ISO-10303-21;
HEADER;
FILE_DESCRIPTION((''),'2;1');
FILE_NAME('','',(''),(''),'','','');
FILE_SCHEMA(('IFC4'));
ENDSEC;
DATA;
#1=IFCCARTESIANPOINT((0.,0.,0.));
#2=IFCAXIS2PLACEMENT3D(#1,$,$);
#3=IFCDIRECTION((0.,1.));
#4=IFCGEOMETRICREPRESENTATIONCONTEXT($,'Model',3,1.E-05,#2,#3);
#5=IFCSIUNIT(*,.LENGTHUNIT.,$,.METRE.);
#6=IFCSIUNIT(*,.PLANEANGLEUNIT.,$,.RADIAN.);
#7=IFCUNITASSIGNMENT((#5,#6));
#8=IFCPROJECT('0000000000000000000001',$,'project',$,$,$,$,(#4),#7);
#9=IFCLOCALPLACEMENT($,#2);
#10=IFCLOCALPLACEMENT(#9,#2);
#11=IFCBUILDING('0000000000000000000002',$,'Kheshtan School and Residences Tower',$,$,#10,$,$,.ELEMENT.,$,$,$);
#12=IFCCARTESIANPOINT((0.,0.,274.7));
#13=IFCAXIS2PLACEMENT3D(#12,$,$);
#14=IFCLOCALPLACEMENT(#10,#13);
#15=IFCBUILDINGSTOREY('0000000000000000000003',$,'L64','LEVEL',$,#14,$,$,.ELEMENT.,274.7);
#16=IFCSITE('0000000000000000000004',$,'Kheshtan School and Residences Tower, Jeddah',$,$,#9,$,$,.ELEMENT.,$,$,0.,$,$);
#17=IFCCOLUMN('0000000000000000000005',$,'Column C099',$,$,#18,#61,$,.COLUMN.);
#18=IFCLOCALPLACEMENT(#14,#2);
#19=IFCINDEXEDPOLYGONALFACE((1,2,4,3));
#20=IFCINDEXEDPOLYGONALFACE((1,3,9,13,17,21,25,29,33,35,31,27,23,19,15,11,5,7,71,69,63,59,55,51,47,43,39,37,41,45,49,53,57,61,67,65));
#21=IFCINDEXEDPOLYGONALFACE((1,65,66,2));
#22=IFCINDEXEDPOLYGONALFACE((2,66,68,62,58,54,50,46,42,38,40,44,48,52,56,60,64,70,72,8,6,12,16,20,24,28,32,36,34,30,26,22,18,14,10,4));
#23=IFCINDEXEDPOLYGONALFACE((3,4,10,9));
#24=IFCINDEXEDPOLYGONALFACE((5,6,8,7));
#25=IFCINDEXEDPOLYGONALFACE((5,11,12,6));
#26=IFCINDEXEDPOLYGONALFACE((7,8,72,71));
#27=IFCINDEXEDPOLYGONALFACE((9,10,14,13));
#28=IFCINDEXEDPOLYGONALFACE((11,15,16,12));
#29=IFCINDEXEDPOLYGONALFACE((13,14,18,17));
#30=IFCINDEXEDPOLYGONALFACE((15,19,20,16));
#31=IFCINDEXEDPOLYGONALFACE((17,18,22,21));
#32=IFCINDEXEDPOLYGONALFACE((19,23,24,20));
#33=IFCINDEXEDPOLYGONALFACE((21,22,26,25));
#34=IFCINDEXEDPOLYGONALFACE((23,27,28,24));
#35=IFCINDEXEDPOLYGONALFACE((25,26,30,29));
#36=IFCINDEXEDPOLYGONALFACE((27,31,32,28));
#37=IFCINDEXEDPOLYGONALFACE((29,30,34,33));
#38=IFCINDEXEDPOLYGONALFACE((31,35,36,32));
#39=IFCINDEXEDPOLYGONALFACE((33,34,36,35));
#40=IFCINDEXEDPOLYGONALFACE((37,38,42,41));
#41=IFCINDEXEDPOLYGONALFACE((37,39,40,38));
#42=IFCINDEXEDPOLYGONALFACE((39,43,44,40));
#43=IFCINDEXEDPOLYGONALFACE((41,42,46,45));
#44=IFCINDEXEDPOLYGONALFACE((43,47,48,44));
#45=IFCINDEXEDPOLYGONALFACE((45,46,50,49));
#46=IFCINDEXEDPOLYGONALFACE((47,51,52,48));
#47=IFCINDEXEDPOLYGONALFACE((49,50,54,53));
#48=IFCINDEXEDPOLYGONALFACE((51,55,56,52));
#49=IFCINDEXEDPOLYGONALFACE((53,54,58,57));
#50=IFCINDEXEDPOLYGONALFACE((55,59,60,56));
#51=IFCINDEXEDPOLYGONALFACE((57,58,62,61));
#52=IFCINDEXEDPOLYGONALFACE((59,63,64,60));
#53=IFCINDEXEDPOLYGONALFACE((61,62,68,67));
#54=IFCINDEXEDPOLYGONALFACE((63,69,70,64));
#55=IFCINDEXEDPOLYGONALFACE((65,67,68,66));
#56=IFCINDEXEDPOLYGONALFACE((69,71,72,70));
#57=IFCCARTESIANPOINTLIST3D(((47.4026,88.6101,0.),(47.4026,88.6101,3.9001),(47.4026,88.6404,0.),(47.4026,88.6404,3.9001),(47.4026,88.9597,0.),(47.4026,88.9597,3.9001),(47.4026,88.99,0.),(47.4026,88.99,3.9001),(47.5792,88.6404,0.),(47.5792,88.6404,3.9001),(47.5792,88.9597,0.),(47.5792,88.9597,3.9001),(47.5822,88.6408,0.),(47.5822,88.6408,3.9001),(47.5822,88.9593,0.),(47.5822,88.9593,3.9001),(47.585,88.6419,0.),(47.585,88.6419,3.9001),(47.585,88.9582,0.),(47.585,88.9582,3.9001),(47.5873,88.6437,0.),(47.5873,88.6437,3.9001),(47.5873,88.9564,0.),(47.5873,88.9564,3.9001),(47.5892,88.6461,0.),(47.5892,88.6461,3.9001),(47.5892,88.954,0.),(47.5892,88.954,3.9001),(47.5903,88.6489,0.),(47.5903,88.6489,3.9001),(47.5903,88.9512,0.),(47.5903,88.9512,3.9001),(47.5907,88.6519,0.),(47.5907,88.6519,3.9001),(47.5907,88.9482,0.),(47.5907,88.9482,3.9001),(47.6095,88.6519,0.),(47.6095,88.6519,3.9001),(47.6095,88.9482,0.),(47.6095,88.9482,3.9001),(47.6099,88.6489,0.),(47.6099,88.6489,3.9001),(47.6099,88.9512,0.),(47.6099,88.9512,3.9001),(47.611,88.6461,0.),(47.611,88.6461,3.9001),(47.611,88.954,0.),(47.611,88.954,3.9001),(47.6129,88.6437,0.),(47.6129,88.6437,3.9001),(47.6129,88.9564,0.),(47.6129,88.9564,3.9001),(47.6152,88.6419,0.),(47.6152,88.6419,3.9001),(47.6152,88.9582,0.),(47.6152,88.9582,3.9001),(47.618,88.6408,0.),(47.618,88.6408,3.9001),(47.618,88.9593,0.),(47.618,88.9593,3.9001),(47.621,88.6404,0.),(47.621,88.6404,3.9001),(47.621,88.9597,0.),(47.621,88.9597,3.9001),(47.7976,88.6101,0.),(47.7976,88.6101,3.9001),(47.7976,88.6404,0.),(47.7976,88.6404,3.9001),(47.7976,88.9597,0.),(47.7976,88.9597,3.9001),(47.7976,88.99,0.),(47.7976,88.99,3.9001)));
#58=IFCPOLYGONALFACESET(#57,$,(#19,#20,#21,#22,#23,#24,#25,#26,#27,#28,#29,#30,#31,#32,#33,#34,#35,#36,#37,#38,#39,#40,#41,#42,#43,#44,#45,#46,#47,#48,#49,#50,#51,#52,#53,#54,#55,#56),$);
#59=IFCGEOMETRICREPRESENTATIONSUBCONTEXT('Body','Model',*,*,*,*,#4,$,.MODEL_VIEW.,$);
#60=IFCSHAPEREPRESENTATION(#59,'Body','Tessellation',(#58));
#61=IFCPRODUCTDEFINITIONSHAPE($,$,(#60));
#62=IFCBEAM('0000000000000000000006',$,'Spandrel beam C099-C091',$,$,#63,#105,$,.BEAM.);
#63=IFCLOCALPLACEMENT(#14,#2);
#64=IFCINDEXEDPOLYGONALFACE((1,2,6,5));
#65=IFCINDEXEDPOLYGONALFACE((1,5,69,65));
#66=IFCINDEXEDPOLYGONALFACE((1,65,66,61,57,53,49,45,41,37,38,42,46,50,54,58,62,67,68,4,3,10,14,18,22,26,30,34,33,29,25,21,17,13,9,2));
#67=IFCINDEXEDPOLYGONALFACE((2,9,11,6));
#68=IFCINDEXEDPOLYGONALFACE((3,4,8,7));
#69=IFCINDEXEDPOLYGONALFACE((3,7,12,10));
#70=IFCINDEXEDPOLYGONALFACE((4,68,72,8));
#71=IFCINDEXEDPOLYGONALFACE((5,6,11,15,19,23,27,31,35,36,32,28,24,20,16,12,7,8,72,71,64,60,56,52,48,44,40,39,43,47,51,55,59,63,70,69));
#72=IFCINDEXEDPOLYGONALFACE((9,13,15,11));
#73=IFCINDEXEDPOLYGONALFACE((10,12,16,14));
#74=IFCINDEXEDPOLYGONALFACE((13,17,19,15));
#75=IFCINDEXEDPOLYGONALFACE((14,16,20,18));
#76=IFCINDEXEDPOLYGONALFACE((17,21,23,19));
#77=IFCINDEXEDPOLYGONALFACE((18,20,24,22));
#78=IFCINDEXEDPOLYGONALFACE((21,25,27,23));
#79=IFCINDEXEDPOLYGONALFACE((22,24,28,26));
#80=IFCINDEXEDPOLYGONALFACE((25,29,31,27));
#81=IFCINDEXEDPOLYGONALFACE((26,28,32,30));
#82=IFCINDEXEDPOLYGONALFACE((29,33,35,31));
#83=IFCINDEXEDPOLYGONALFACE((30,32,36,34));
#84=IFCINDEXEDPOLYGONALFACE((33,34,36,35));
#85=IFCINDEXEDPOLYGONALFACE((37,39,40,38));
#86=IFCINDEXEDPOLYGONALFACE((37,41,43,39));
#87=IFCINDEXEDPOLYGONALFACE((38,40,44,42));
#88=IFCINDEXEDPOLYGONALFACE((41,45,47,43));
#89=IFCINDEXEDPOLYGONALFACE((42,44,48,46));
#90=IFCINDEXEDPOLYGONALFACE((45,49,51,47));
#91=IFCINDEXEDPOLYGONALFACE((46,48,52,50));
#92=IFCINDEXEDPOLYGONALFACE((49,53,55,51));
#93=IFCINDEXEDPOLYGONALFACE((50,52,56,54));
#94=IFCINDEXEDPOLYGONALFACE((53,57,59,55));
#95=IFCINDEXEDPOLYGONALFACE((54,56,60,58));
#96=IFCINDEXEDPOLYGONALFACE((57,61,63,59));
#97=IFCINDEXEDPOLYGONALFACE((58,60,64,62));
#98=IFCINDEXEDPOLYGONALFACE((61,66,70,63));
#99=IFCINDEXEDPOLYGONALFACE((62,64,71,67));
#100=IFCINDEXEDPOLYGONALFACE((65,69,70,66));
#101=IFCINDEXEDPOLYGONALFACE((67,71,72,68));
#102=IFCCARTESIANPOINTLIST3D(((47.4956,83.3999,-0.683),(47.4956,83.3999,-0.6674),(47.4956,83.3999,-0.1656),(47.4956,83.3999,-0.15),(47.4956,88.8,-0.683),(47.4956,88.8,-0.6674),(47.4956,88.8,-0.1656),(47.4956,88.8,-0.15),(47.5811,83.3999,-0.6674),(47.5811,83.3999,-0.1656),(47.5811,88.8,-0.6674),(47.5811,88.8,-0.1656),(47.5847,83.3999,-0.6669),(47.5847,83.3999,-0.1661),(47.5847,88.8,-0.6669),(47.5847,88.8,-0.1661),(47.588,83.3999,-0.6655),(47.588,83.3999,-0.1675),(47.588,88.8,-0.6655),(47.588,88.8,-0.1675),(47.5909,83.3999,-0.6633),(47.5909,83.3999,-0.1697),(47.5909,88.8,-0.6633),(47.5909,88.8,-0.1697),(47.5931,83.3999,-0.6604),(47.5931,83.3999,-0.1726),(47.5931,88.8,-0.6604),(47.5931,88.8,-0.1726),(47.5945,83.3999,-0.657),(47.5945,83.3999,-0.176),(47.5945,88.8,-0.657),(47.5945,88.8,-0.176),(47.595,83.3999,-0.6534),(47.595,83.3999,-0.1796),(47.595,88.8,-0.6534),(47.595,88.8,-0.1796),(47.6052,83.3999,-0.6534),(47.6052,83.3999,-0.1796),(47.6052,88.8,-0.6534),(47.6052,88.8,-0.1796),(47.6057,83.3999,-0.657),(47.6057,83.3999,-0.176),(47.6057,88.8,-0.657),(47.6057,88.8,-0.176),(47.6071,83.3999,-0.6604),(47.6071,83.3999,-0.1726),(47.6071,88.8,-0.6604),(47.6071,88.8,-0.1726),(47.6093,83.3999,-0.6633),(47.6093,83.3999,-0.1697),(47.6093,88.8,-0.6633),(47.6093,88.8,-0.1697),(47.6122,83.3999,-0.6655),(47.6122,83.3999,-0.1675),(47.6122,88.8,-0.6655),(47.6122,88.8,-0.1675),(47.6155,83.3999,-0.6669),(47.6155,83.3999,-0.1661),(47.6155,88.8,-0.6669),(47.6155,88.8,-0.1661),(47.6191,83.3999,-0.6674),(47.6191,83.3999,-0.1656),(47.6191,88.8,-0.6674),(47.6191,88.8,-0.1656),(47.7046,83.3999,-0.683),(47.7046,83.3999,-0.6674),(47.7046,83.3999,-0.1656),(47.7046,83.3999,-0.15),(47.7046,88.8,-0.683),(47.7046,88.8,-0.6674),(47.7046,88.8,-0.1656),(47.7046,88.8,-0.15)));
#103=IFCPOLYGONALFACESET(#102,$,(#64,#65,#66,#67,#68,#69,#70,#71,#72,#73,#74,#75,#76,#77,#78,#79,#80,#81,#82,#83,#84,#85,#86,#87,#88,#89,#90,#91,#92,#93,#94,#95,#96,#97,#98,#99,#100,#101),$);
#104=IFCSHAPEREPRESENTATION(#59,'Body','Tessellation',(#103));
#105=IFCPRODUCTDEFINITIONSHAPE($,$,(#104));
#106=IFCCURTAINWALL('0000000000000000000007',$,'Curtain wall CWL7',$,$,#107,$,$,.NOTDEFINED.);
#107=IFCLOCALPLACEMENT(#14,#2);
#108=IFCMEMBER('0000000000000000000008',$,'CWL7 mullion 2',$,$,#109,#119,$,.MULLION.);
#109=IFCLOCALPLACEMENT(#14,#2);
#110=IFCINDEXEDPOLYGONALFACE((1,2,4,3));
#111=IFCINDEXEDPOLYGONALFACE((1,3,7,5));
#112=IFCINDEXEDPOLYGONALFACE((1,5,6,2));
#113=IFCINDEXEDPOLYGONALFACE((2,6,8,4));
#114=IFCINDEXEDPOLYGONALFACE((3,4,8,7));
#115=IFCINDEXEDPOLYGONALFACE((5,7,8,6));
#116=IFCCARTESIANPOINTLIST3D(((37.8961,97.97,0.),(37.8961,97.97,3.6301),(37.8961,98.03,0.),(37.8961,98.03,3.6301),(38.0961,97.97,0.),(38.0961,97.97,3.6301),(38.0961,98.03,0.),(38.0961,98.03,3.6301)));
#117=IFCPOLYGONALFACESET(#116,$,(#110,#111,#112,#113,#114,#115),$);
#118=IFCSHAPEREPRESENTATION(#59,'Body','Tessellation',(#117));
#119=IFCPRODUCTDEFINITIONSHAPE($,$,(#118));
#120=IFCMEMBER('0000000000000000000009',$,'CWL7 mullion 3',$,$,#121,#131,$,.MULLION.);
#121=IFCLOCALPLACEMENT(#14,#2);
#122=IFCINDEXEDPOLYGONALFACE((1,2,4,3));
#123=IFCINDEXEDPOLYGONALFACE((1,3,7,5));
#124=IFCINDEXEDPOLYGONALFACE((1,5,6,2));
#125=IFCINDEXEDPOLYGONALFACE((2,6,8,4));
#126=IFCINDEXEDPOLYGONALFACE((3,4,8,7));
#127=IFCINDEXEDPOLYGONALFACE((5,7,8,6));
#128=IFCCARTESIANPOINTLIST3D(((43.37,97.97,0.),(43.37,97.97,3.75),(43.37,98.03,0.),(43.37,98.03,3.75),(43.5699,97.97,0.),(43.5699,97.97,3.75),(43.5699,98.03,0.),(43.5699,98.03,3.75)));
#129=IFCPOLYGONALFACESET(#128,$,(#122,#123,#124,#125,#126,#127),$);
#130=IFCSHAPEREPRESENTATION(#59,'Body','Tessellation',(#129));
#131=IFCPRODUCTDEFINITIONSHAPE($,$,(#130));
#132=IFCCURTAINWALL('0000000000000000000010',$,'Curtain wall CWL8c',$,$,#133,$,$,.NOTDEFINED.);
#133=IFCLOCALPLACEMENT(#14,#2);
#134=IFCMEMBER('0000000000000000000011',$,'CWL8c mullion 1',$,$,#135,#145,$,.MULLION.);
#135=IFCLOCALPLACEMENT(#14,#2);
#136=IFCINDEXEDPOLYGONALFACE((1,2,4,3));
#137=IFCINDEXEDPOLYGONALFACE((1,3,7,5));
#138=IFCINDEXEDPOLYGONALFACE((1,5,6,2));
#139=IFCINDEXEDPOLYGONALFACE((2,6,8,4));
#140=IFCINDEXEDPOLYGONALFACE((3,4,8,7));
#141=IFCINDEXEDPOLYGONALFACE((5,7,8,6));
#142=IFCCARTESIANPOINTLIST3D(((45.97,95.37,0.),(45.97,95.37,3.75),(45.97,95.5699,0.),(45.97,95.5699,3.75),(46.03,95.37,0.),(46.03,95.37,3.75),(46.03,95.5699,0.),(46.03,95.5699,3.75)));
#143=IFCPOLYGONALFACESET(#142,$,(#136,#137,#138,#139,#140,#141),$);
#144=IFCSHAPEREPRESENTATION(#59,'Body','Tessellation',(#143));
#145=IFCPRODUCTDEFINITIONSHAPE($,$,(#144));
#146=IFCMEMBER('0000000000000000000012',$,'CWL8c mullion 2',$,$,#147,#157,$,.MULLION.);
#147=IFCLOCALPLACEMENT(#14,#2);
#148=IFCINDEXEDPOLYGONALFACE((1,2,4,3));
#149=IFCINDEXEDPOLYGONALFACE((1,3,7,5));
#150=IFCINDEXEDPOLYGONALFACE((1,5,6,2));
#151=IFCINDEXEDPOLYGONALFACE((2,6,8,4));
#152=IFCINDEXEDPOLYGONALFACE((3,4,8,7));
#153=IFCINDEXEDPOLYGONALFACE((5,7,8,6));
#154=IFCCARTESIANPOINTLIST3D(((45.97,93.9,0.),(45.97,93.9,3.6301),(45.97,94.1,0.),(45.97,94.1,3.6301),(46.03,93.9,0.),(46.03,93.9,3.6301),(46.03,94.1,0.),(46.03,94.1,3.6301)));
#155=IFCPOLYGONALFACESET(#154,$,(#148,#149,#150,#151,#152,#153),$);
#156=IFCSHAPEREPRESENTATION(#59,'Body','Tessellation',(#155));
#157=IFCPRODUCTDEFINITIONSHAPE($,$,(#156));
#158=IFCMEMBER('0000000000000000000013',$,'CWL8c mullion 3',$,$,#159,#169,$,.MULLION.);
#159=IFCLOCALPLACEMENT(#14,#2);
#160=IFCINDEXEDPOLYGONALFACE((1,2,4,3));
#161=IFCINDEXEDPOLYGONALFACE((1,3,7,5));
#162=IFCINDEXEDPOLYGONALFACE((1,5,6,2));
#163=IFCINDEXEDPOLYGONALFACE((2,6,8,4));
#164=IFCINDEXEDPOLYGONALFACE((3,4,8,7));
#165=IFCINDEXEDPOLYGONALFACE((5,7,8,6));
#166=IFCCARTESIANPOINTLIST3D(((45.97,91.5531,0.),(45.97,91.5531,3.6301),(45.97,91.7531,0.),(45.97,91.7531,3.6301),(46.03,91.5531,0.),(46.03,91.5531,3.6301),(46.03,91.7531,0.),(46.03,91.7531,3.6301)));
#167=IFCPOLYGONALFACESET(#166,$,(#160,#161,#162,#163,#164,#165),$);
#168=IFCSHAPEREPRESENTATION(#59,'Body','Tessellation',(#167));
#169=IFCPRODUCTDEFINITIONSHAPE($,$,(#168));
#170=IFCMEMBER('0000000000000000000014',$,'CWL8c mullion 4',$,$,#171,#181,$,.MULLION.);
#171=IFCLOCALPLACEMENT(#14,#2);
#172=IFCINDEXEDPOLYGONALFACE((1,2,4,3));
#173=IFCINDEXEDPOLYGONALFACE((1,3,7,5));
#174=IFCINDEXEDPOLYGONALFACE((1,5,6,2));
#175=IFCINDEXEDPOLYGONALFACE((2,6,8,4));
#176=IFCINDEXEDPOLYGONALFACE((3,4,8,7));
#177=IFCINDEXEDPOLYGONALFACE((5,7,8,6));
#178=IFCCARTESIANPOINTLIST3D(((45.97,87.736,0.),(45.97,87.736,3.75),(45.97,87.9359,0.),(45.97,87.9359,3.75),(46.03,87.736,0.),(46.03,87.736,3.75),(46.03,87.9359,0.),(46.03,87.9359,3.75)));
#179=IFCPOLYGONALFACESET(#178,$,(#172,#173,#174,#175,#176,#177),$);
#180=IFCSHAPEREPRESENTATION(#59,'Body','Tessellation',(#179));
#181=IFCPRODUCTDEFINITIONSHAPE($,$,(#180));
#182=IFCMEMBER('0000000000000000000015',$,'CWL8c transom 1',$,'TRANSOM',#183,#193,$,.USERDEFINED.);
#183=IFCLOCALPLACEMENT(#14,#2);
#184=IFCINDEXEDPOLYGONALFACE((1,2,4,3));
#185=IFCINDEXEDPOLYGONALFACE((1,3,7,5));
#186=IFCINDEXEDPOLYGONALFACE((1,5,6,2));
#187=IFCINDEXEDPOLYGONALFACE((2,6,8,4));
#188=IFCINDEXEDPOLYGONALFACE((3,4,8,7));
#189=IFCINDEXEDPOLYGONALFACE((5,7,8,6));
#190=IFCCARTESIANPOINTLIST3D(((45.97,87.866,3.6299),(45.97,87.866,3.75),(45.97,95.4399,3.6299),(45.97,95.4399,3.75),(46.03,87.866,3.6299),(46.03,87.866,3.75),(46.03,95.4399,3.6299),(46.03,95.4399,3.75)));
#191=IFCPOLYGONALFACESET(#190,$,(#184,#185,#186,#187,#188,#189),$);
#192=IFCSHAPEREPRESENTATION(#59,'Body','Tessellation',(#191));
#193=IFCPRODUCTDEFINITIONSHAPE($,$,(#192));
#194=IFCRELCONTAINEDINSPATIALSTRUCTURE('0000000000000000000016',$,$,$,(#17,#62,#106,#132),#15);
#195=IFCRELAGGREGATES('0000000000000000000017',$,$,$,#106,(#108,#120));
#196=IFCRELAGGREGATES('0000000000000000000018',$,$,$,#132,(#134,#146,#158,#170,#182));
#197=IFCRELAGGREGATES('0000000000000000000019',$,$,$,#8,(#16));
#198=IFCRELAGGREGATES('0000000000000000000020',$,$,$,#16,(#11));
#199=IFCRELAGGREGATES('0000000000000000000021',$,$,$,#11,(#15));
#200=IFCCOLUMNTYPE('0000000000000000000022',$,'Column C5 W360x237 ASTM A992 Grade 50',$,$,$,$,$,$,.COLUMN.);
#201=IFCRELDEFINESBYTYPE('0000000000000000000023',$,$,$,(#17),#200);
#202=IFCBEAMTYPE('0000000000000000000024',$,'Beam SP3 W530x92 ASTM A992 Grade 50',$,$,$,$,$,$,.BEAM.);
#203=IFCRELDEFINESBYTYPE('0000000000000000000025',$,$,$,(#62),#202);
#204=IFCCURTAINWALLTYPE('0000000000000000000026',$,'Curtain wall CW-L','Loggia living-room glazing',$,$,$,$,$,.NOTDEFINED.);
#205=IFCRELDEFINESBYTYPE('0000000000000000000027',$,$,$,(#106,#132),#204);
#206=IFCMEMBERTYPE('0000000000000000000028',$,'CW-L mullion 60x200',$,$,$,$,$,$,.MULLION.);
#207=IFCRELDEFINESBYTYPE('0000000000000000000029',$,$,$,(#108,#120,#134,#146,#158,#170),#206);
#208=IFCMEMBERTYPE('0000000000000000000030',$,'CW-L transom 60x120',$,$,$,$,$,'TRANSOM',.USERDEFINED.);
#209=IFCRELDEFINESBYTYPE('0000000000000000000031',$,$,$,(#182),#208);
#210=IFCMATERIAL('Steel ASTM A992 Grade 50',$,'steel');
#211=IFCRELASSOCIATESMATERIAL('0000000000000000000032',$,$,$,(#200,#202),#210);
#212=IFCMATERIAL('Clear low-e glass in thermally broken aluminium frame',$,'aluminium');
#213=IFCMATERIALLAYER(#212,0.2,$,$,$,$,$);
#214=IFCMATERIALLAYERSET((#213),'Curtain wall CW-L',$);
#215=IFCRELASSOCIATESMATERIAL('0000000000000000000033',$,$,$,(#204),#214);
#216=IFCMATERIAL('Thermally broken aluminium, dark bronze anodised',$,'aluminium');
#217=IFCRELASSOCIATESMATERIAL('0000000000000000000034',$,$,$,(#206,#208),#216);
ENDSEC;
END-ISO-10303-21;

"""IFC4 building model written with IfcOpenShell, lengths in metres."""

from ifc_helpers import new_model, si_unit, direction, frame, origin, origin_2d, place, context, subcontext, project, spatial, rectangle, i_section, extrude, material, layer, layer_set, material_profile, profile_set, type_object, element, aggregate, save


model = new_model("IFC4")

# Units and contexts
model_context = context("Model", 3, precision=1e-05, world=origin(), true_north=direction((0.0, 1.0)))
body_context = subcontext(model_context, "Body", "Model", "MODEL_VIEW")
ifc_project = project(units=[si_unit("LENGTHUNIT", "METRE"), si_unit("PLANEANGLEUNIT", "RADIAN")], contexts=[model_context])

# Site, building, storey
site_placement = place(None, origin())
site = spatial("IfcSite", under=ifc_project, at=site_placement, Name="Kheshtan School and Residences Tower, Jeddah", CompositionType="ELEMENT", RefElevation=0.0)
building_placement = place(site_placement, origin())
building = spatial("IfcBuilding", under=site, at=building_placement, Name="Kheshtan School and Residences Tower", CompositionType="ELEMENT")
storey_placement = place(building_placement, frame((0.0, 0.0, 274.7)))
storey = spatial("IfcBuildingStorey", under=building, at=storey_placement, Name="L64", Description="LEVEL", CompositionType="ELEMENT", Elevation=274.7)

# Column
ifc_material_1 = material(Name="Steel ASTM A992 Grade 50", Category="steel")
ifc_material_profile_1 = material_profile(ifc_material_1, i_section(OverallWidth=0.395, OverallDepth=0.3799, WebThickness=0.0188, FlangeThickness=0.0303, FilletRadius=0.0115, at=origin_2d()), Name="W360x237")
ifc_profile_set_1 = profile_set([ifc_material_profile_1], Name="Steel ASTM A992 Grade 50")
column_type = type_object("IfcColumnType", Name="Column C5 W360x237 ASTM A992 Grade 50", PredefinedType="COLUMN", material=ifc_profile_set_1)
column_placement = place(storey_placement, frame((47.6001, 88.8, 0.0), z_axis=(0.0, 0.0, 1.0), x_axis=(1.0, 0.0, 0.0)))
element("IfcColumn", 1, at=column_placement, inside=storey, type_object=column_type, Name="Column C099", PredefinedType="COLUMN", context=body_context, shape_type="SweptSolid", body=[
    extrude(i_section(OverallWidth=0.395, OverallDepth=0.3799, WebThickness=0.0188, FlangeThickness=0.0303, FilletRadius=0.0115, at=origin_2d()), origin(), (0.0, 0.0, 1.0), 3.9001),
])

# Beam
ifc_material_profile_2 = material_profile(ifc_material_1, i_section(OverallWidth=0.209, OverallDepth=0.533, WebThickness=0.0103, FlangeThickness=0.0156, FilletRadius=0.0139, at=origin_2d()), Name="W530x92")
ifc_profile_set_2 = profile_set([ifc_material_profile_2], Name="Steel ASTM A992 Grade 50")
beam_type = type_object("IfcBeamType", Name="Beam SP3 W530x92 ASTM A992 Grade 50", PredefinedType="BEAM", material=ifc_profile_set_2)
beam_placement = place(storey_placement, frame((47.6001, 88.8, -0.4165), z_axis=(0.0, -1.0, 0.0), x_axis=(1.0, 0.0, 0.0)))
element("IfcBeam", 2, at=beam_placement, inside=storey, type_object=beam_type, Name="Spandrel beam C099-C091", PredefinedType="BEAM", context=body_context, shape_type="SweptSolid", body=[
    extrude(i_section(OverallWidth=0.209, OverallDepth=0.533, WebThickness=0.0103, FlangeThickness=0.0156, FilletRadius=0.0139, at=origin_2d()), origin(), (0.0, 0.0, 1.0), 5.4001),
])

# Curtain walls, members
ifc_material_2 = material(Name="Clear low-e glass in thermally broken aluminium frame", Category="aluminium")
ifc_layer_1 = layer(ifc_material_2, 0.2)
ifc_layer_set_1 = layer_set([ifc_layer_1], Name="Curtain wall CW-L")
curtain_wall_type = type_object("IfcCurtainWallType", Name="Curtain wall CW-L", Description="Loggia living-room glazing", PredefinedType="NOTDEFINED", material=ifc_layer_set_1)
curtain_wall_1_placement = place(storey_placement, origin())
curtain_wall_1 = element("IfcCurtainWall", 3, at=curtain_wall_1_placement, inside=storey, type_object=curtain_wall_type, Name="Curtain wall CWL7", PredefinedType="NOTDEFINED")
ifc_material_3 = material(Name="Thermally broken aluminium, dark bronze anodised", Category="aluminium")
ifc_material_profile_3 = material_profile(ifc_material_3, rectangle(XDim=0.0601, YDim=0.2, at=origin_2d()), Name="CW-L mullion 60x200")
ifc_profile_set_3 = profile_set([ifc_material_profile_3], Name="Thermally broken aluminium, dark bronze anodised")
member_type_1 = type_object("IfcMemberType", Name="CW-L mullion 60x200", PredefinedType="MULLION", material=ifc_profile_set_3)
member_1_placement = place(storey_placement, frame((37.9961, 98.0, 0.0), z_axis=(0.0, 0.0, 1.0), x_axis=(0.0, 1.0, 0.0)))
member_1 = element("IfcMember", 4, at=member_1_placement, type_object=member_type_1, Name="CWL7 mullion 2", PredefinedType="MULLION", context=body_context, shape_type="SweptSolid", body=[
    extrude(rectangle(XDim=0.0601, YDim=0.2, at=origin_2d()), origin(), (0.0, 0.0, 1.0), 3.6301),
])
member_2_placement = place(storey_placement, frame((43.47, 98.0, 0.0), z_axis=(0.0, 0.0, 1.0), x_axis=(0.0, 1.0, 0.0)))
member_2 = element("IfcMember", 5, at=member_2_placement, type_object=member_type_1, Name="CWL7 mullion 3", PredefinedType="MULLION", context=body_context, shape_type="SweptSolid", body=[
    extrude(rectangle(XDim=0.0601, YDim=0.2, at=origin_2d()), origin(), (0.0, 0.0, 1.0), 3.75),
])
curtain_wall_2_placement = place(storey_placement, origin())
curtain_wall_2 = element("IfcCurtainWall", 6, at=curtain_wall_2_placement, inside=storey, type_object=curtain_wall_type, Name="Curtain wall CWL8c", PredefinedType="NOTDEFINED")
member_3_placement = place(storey_placement, frame((46.0, 95.47, 0.0), z_axis=(0.0, 0.0, 1.0), x_axis=(1.0, 0.0, 0.0)))
member_3 = element("IfcMember", 7, at=member_3_placement, type_object=member_type_1, Name="CWL8c mullion 1", PredefinedType="MULLION", context=body_context, shape_type="SweptSolid", body=[
    extrude(rectangle(XDim=0.0601, YDim=0.2, at=origin_2d()), origin(), (0.0, 0.0, 1.0), 3.75),
])
member_4_placement = place(storey_placement, frame((46.0, 94.0, 0.0), z_axis=(0.0, 0.0, 1.0), x_axis=(1.0, 0.0, 0.0)))
member_4 = element("IfcMember", 8, at=member_4_placement, type_object=member_type_1, Name="CWL8c mullion 2", PredefinedType="MULLION", context=body_context, shape_type="SweptSolid", body=[
    extrude(rectangle(XDim=0.0601, YDim=0.2, at=origin_2d()), origin(), (0.0, 0.0, 1.0), 3.6301),
])
member_5_placement = place(storey_placement, frame((46.0, 91.6531, 0.0), z_axis=(0.0, 0.0, 1.0), x_axis=(1.0, 0.0, 0.0)))
member_5 = element("IfcMember", 9, at=member_5_placement, type_object=member_type_1, Name="CWL8c mullion 3", PredefinedType="MULLION", context=body_context, shape_type="SweptSolid", body=[
    extrude(rectangle(XDim=0.0601, YDim=0.2, at=origin_2d()), origin(), (0.0, 0.0, 1.0), 3.6301),
])
member_6_placement = place(storey_placement, frame((46.0, 87.8359, 0.0), z_axis=(0.0, 0.0, 1.0), x_axis=(1.0, 0.0, 0.0)))
member_6 = element("IfcMember", 10, at=member_6_placement, type_object=member_type_1, Name="CWL8c mullion 4", PredefinedType="MULLION", context=body_context, shape_type="SweptSolid", body=[
    extrude(rectangle(XDim=0.0601, YDim=0.2, at=origin_2d()), origin(), (0.0, 0.0, 1.0), 3.75),
])
ifc_material_profile_4 = material_profile(ifc_material_3, rectangle(XDim=0.0601, YDim=0.1201, at=origin_2d()), Name="CW-L transom 60x120")
ifc_profile_set_4 = profile_set([ifc_material_profile_4], Name="Thermally broken aluminium, dark bronze anodised")
member_type_2 = type_object("IfcMemberType", Name="CW-L transom 60x120", ElementType="TRANSOM", PredefinedType="USERDEFINED", material=ifc_profile_set_4)
member_7_placement = place(storey_placement, frame((46.0, 95.4399, 3.6899), z_axis=(0.0, -1.0, 0.0), x_axis=(1.0, 0.0, 0.0)))
member_7 = element("IfcMember", 11, at=member_7_placement, type_object=member_type_2, Name="CWL8c transom 1", ObjectType="TRANSOM", PredefinedType="USERDEFINED", context=body_context, shape_type="SweptSolid", body=[
    extrude(rectangle(XDim=0.0601, YDim=0.1201, at=origin_2d()), origin(), (0.0, 0.0, 1.0), 7.574),
])

aggregate(curtain_wall_1, [member_1, member_2])
aggregate(curtain_wall_2, [member_3, member_4, member_5, member_6, member_7])

save(model, "model.ifc")
